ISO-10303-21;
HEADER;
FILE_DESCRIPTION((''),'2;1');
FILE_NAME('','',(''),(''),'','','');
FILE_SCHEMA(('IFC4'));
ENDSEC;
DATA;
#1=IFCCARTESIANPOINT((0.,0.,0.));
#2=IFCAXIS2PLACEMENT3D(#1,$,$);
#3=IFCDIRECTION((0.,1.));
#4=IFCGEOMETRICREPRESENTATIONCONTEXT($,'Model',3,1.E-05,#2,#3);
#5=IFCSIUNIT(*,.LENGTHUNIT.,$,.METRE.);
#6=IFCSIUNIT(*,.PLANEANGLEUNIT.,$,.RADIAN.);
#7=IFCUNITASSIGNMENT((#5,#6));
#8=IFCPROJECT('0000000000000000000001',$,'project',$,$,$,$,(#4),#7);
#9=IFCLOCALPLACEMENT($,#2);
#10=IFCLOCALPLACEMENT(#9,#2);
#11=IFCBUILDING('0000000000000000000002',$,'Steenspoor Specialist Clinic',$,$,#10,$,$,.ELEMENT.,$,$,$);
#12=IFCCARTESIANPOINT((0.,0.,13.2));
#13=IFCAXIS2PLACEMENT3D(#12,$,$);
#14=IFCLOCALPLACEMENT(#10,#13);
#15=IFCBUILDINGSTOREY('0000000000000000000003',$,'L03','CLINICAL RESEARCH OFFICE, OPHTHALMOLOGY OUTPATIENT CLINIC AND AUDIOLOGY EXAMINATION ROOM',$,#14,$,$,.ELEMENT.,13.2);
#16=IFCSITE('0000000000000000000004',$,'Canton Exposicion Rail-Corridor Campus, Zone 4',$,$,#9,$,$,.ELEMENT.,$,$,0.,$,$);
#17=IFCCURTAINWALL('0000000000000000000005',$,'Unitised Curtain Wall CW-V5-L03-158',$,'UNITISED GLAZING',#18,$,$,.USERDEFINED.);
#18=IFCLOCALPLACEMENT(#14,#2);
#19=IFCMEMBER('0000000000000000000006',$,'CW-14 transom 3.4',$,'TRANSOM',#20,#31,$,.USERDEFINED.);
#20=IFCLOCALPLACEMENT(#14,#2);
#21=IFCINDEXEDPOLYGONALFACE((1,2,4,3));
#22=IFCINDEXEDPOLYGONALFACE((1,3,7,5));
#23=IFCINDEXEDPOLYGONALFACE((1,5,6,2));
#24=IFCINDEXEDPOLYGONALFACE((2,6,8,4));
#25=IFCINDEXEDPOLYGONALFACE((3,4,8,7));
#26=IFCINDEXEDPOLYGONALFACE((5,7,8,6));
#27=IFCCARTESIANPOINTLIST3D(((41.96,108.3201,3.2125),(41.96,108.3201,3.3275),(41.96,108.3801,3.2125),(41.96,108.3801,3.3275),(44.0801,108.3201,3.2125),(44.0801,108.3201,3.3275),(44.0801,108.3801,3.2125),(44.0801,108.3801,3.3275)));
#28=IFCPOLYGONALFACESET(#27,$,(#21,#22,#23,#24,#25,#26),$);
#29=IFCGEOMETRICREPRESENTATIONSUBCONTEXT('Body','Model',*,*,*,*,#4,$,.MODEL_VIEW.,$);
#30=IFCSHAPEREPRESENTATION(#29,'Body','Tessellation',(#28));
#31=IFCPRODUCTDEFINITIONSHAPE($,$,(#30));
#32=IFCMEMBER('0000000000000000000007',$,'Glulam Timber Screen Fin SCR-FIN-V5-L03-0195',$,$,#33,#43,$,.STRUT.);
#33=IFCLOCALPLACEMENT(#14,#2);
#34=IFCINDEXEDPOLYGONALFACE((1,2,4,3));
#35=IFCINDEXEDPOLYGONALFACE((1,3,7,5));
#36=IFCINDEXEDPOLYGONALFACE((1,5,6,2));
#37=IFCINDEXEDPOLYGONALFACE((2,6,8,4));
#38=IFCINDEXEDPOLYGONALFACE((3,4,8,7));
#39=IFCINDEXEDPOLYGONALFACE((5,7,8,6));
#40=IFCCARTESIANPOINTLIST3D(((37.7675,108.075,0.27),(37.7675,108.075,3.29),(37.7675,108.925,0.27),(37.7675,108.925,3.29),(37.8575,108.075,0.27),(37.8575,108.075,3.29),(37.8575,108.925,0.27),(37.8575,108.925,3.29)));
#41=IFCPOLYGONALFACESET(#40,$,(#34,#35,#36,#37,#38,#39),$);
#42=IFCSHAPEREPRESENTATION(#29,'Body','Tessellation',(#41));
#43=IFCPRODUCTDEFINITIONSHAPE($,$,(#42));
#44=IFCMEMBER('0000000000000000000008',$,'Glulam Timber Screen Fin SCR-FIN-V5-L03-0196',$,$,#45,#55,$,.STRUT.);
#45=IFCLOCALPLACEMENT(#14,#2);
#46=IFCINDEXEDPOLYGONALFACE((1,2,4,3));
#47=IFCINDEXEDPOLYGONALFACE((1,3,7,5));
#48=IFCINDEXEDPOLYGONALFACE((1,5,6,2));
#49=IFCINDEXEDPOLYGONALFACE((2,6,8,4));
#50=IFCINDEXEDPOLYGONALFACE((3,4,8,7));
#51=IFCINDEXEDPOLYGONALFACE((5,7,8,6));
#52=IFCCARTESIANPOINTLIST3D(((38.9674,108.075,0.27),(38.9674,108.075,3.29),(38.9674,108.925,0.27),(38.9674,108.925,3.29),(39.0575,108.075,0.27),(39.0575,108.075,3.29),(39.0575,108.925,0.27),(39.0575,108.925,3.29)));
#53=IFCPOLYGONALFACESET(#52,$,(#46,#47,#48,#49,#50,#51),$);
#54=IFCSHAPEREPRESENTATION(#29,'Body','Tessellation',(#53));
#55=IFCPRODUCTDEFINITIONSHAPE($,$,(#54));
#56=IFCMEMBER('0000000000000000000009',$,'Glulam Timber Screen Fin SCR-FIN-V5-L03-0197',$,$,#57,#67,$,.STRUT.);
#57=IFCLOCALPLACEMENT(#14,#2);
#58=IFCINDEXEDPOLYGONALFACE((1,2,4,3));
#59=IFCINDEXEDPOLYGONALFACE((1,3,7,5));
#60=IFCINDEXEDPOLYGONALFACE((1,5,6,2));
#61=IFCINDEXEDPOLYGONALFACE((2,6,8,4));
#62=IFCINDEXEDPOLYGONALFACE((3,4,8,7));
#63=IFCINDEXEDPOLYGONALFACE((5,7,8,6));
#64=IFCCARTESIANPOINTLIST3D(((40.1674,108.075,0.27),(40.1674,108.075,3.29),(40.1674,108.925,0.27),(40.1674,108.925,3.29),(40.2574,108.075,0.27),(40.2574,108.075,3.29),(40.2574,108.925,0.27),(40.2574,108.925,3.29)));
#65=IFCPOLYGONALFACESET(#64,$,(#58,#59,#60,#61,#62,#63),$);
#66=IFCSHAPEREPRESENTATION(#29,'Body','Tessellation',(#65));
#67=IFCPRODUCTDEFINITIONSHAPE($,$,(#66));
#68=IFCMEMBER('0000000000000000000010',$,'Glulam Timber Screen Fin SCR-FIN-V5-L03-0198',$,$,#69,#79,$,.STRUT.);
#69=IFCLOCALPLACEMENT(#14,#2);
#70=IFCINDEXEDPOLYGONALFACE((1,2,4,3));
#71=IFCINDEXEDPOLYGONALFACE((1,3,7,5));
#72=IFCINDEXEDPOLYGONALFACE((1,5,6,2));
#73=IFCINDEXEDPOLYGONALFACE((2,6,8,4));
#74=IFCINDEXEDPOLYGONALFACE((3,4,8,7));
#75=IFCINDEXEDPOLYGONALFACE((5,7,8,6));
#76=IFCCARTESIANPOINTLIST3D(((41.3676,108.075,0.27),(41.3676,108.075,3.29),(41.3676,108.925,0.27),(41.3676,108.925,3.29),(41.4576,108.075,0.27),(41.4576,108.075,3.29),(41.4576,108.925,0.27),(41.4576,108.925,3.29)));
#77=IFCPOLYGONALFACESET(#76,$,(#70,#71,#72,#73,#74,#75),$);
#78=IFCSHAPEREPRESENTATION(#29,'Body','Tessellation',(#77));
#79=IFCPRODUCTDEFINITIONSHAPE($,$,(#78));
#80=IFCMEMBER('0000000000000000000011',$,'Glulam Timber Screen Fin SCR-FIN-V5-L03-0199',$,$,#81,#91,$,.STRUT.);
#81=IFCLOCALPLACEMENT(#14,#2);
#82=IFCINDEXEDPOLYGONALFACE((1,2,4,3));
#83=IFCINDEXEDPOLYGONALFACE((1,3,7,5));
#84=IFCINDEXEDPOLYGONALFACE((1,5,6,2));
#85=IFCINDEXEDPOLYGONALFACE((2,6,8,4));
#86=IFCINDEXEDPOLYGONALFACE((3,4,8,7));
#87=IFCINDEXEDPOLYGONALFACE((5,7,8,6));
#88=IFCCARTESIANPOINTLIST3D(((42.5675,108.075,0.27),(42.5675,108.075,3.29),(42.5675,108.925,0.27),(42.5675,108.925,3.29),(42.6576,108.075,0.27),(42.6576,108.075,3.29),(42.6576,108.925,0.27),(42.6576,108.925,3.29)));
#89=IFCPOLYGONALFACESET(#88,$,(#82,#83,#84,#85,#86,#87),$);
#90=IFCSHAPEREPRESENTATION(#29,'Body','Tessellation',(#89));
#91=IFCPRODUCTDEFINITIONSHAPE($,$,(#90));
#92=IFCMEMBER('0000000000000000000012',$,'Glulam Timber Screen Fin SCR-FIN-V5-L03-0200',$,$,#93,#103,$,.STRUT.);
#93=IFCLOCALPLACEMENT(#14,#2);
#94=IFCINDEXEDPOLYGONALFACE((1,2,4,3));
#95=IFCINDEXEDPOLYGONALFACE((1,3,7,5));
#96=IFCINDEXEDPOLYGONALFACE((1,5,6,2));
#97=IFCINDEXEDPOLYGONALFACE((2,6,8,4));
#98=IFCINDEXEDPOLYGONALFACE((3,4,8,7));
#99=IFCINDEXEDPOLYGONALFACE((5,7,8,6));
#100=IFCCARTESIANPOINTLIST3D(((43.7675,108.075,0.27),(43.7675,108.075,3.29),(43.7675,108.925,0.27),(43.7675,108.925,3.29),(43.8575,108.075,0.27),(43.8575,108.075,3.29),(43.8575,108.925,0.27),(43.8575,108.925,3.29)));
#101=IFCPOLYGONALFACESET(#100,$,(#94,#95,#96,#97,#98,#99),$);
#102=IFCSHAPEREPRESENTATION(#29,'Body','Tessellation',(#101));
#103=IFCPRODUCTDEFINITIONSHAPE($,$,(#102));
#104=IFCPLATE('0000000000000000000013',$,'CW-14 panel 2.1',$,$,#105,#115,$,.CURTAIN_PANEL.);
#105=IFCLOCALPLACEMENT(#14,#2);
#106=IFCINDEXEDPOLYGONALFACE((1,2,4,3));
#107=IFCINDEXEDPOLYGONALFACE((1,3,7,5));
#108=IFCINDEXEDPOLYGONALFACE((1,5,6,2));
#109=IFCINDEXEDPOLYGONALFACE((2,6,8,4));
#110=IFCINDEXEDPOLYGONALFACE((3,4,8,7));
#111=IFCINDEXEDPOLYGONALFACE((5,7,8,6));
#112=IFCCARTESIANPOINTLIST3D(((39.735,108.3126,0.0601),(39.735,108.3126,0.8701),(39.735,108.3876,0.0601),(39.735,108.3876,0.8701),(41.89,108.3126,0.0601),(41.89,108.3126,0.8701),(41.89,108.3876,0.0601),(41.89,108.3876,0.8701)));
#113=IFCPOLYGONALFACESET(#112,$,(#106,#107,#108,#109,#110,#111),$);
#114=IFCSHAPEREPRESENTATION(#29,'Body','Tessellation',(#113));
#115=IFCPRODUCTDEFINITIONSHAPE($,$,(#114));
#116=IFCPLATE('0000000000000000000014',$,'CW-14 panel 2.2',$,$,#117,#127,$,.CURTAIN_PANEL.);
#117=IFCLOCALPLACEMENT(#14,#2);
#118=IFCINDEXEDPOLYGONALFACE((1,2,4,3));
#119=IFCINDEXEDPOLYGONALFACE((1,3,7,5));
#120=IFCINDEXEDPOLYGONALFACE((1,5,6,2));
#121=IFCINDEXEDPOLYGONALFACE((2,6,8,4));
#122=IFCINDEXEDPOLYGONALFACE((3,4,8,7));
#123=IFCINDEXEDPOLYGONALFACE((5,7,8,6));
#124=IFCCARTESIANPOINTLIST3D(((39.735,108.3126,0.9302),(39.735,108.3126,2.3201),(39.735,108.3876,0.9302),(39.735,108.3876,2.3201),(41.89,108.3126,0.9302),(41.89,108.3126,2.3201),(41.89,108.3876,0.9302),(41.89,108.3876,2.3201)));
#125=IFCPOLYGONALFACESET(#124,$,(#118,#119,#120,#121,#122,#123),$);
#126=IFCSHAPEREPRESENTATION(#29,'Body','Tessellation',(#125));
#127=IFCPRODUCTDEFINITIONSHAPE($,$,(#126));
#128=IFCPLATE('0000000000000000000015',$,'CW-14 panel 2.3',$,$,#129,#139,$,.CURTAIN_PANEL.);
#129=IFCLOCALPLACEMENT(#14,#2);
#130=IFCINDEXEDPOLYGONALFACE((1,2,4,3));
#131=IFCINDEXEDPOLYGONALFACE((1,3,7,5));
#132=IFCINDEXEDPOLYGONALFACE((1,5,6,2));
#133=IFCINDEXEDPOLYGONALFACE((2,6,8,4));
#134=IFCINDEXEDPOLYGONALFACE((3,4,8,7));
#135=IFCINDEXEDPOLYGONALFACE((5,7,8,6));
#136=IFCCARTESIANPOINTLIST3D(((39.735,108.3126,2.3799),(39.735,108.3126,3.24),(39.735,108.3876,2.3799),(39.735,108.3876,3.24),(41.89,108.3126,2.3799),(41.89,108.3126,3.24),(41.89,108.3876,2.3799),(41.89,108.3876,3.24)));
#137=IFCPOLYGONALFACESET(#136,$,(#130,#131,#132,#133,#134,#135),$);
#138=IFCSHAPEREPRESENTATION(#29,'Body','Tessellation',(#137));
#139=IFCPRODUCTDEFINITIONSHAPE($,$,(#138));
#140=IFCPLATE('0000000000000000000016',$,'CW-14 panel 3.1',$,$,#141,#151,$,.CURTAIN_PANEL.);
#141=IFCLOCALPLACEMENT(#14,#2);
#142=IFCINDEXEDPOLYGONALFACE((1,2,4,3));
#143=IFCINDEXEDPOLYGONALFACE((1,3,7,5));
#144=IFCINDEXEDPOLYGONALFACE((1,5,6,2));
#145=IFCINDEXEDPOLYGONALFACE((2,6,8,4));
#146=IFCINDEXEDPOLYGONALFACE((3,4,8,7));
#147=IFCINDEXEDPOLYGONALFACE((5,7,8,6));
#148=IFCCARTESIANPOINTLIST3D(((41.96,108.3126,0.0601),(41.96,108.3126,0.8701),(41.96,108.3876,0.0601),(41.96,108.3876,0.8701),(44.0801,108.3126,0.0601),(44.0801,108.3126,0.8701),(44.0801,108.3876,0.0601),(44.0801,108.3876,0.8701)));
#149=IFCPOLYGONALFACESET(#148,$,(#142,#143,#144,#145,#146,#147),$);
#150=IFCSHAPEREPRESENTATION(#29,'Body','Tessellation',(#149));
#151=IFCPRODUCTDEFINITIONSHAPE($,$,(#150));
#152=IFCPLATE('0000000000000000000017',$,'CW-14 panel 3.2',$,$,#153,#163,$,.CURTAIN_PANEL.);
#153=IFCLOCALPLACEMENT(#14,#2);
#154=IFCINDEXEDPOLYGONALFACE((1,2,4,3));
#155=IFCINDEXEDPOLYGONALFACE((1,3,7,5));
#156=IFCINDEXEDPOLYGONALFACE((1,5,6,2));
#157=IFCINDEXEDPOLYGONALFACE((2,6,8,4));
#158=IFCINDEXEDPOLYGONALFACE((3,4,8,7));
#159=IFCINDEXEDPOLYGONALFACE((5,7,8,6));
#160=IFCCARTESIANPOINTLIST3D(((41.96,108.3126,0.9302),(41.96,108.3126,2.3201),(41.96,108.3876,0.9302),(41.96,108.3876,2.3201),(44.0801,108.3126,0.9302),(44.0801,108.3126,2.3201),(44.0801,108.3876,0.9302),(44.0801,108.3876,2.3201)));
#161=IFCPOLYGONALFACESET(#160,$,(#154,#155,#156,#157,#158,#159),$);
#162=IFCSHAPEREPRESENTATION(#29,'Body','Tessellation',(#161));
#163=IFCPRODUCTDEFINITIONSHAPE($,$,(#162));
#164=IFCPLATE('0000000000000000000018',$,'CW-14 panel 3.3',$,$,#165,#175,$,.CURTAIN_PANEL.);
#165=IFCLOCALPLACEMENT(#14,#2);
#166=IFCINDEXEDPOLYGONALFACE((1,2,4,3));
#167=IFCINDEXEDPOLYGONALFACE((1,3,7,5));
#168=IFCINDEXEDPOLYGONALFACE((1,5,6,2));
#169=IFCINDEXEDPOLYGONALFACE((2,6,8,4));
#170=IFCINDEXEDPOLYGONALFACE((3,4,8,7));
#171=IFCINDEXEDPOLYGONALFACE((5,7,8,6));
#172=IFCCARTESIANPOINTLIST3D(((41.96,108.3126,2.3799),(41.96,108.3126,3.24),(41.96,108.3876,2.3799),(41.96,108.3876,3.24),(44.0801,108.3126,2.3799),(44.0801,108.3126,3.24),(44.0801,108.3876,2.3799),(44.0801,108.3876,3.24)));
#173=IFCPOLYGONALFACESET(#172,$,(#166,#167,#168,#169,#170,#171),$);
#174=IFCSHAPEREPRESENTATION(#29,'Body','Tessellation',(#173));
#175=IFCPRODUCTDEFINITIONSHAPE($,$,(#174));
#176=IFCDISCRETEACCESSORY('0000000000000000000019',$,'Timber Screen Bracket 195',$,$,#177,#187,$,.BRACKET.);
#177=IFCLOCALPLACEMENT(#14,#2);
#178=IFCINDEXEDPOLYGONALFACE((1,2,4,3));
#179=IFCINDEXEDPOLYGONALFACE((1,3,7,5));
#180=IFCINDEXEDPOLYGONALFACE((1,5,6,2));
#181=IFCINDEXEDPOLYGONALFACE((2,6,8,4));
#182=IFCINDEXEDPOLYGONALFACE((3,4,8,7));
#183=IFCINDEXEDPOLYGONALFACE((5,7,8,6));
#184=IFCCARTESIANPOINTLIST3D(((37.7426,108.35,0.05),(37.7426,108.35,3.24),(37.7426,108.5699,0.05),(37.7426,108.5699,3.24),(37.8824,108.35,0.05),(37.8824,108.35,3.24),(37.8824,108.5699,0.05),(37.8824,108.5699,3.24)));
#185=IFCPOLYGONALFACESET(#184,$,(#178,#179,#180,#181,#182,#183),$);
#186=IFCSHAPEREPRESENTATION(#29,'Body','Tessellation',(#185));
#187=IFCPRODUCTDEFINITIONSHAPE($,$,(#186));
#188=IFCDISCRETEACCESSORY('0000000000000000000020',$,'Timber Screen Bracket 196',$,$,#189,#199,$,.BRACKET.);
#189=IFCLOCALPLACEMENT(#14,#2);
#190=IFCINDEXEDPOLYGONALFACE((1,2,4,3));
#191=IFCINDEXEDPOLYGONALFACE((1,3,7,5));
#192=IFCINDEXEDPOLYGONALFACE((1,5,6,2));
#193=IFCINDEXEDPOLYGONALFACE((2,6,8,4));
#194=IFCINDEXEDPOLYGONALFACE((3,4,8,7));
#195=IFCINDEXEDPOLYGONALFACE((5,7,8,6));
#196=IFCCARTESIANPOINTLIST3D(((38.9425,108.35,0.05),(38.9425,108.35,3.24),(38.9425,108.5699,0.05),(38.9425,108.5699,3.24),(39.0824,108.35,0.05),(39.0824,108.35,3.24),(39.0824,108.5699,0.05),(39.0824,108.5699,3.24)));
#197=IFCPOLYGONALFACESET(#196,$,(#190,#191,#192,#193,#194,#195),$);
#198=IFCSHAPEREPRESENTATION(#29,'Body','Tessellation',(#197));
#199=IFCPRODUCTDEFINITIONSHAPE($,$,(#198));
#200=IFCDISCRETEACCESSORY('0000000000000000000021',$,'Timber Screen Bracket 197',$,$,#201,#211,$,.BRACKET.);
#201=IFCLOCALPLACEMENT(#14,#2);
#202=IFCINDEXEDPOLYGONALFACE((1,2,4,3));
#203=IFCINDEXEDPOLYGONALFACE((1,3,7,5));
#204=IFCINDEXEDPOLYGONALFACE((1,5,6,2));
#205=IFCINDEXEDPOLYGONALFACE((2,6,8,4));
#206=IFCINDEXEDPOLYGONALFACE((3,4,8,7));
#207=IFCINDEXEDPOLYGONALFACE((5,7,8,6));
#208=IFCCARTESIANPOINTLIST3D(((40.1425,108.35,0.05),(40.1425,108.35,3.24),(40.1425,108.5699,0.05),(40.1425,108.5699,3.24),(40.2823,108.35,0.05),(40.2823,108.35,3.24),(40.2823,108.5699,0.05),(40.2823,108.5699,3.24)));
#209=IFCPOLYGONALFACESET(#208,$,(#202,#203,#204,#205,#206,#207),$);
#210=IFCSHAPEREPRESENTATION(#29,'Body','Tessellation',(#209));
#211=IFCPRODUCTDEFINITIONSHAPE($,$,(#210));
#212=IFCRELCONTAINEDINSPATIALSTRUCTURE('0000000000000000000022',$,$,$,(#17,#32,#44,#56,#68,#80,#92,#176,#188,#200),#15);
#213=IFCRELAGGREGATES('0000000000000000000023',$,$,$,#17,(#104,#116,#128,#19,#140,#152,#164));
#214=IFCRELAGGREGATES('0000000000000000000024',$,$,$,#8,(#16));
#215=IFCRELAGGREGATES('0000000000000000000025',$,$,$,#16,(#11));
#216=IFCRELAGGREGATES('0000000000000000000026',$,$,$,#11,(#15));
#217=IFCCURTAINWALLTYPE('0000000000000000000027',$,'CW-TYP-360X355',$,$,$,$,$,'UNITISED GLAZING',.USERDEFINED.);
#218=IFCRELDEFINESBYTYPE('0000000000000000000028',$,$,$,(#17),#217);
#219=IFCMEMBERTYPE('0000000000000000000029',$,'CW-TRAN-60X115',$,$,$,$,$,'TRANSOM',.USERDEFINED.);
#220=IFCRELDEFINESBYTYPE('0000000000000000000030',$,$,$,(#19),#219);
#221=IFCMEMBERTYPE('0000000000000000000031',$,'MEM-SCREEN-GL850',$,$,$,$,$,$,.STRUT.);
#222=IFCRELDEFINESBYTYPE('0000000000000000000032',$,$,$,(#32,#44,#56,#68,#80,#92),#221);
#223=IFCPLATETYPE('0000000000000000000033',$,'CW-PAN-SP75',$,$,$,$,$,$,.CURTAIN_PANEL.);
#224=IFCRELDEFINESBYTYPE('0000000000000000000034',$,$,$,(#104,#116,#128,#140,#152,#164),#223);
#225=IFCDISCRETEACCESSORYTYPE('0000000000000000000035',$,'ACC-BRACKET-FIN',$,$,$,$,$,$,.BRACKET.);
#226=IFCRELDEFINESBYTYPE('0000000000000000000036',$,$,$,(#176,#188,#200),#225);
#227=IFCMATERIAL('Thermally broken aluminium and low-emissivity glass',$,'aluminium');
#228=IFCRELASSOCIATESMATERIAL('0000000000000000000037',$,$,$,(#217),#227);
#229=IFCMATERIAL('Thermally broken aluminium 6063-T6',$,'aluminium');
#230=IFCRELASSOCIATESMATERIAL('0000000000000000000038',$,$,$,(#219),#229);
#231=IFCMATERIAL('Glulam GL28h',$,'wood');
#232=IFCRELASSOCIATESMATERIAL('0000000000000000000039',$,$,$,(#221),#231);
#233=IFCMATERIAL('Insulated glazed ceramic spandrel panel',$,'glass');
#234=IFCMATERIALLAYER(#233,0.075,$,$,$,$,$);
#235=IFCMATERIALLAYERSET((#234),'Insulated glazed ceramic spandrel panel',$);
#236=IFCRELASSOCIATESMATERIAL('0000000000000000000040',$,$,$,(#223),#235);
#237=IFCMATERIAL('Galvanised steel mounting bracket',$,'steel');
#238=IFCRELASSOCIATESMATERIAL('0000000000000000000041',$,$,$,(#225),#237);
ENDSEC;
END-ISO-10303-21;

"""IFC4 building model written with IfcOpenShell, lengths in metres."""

from ifc_helpers import new_model, si_unit, direction, frame, origin, origin_2d, place, context, subcontext, project, spatial, rectangle, extrude, material, layer, layer_set, material_profile, profile_set, type_object, element, aggregate, save


model = new_model("IFC4")

# Units and contexts
model_context = context("Model", 3, precision=1e-05, world=origin(), true_north=direction((0.0, 1.0)))
body_context = subcontext(model_context, "Body", "Model", "MODEL_VIEW")
ifc_project = project(units=[si_unit("LENGTHUNIT", "METRE"), si_unit("PLANEANGLEUNIT", "RADIAN")], contexts=[model_context])

# Site, building, storey
site_placement = place(None, origin())
site = spatial("IfcSite", under=ifc_project, at=site_placement, Name="Canton Exposicion Rail-Corridor Campus, Zone 4", CompositionType="ELEMENT", RefElevation=0.0)
building_placement = place(site_placement, origin())
building = spatial("IfcBuilding", under=site, at=building_placement, Name="Steenspoor Specialist Clinic", CompositionType="ELEMENT")
storey_placement = place(building_placement, frame((0.0, 0.0, 13.2)))
storey = spatial("IfcBuildingStorey", under=building, at=storey_placement, Name="L03", Description="CLINICAL RESEARCH OFFICE, OPHTHALMOLOGY OUTPATIENT CLINIC AND AUDIOLOGY EXAMINATION ROOM", CompositionType="ELEMENT", Elevation=13.2)

# Shared definitions
ifc_material_1 = material(Name="Glulam GL28h", Category="wood")

# Curtain wall, member
ifc_material_2 = material(Name="Thermally broken aluminium and low-emissivity glass", Category="aluminium")
curtain_wall_type = type_object("IfcCurtainWallType", Name="CW-TYP-360X355", ElementType="UNITISED GLAZING", PredefinedType="USERDEFINED", material=ifc_material_2)
curtain_wall_placement = place(storey_placement, origin())
curtain_wall = element("IfcCurtainWall", 1, at=curtain_wall_placement, inside=storey, type_object=curtain_wall_type, Name="Unitised Curtain Wall CW-V5-L03-158", ObjectType="UNITISED GLAZING", PredefinedType="USERDEFINED")
ifc_material_3 = material(Name="Thermally broken aluminium 6063-T6", Category="aluminium")
ifc_material_profile_1 = material_profile(ifc_material_3, rectangle(XDim=0.0601, YDim=0.115, at=origin_2d()), Name="CWT-60X115")
ifc_profile_set_1 = profile_set([ifc_material_profile_1], Name="Thermally broken aluminium 6063-T6")
member_type_1 = type_object("IfcMemberType", Name="CW-TRAN-60X115", ElementType="TRANSOM", PredefinedType="USERDEFINED", material=ifc_profile_set_1)
member_1_placement = place(storey_placement, frame((41.96, 108.3501, 3.27), z_axis=(1.0, 0.0, 0.0), x_axis=(0.0, 1.0, 0.0)))
member_1 = element("IfcMember", 2, at=member_1_placement, type_object=member_type_1, Name="CW-14 transom 3.4", ObjectType="TRANSOM", PredefinedType="USERDEFINED", context=body_context, shape_type="SweptSolid", body=[
    extrude(rectangle(XDim=0.0601, YDim=0.115, at=origin_2d()), origin(), (0.0, 0.0, 1.0), 2.1201),
])

# Members
ifc_material_profile_2 = material_profile(ifc_material_1, rectangle(XDim=0.0901, YDim=0.8501, at=origin_2d()), Name="GL28H-90X850")
ifc_profile_set_2 = profile_set([ifc_material_profile_2], Name="Glulam GL28h")
member_type_2 = type_object("IfcMemberType", Name="MEM-SCREEN-GL850", PredefinedType="STRUT", material=ifc_profile_set_2)
for number, where, z_axis, x_axis, name in (
    (3, (37.8125, 108.5, 0.27), (0.0, 0.0, 1.0), (1.0, 0.0, 0.0), "Glulam Timber Screen Fin SCR-FIN-V5-L03-0195"),
    (4, (39.0125, 108.5, 0.27), (0.0, 0.0, 1.0), (1.0, 0.0, 0.0), "Glulam Timber Screen Fin SCR-FIN-V5-L03-0196"),
    (5, (40.2124, 108.5, 0.27), (0.0, 0.0, 1.0), (1.0, 0.0, 0.0), "Glulam Timber Screen Fin SCR-FIN-V5-L03-0197"),
    (6, (41.4126, 108.5, 0.27), (0.0, 0.0, 1.0), (1.0, 0.0, 0.0), "Glulam Timber Screen Fin SCR-FIN-V5-L03-0198"),
    (7, (42.6125, 108.5, 0.27), (0.0, 0.0, 1.0), (1.0, 0.0, 0.0), "Glulam Timber Screen Fin SCR-FIN-V5-L03-0199"),
    (8, (43.8125, 108.5, 0.27), (0.0, 0.0, 1.0), (1.0, 0.0, 0.0), "Glulam Timber Screen Fin SCR-FIN-V5-L03-0200"),
):
    element("IfcMember", number, at=place(storey_placement, frame(where, z_axis=z_axis, x_axis=x_axis)), inside=storey, type_object=member_type_2, Name=name, PredefinedType="STRUT", context=body_context, shape_type="SweptSolid", body=[
        extrude(rectangle(XDim=0.0901, YDim=0.8501, at=origin_2d()), origin(), (0.0, 0.0, 1.0), 3.02),
    ])

# Plates
ifc_material_4 = material(Name="Insulated glazed ceramic spandrel panel", Category="glass")
ifc_layer = layer(ifc_material_4, 0.075)
ifc_layer_set = layer_set([ifc_layer], Name="Insulated glazed ceramic spandrel panel")
plate_type = type_object("IfcPlateType", Name="CW-PAN-SP75", PredefinedType="CURTAIN_PANEL", material=ifc_layer_set)
plate_1_placement = place(storey_placement, frame((40.8125, 108.3501, 0.0601), z_axis=(0.0, 0.0, 1.0), x_axis=(1.0, 0.0, 0.0)))
plate_1 = element("IfcPlate", 9, at=plate_1_placement, type_object=plate_type, Name="CW-14 panel 2.1", PredefinedType="CURTAIN_PANEL", context=body_context, shape_type="SweptSolid", body=[
    extrude(rectangle(XDim=2.155, YDim=0.075, at=origin_2d()), origin(), (0.0, 0.0, 1.0), 0.8101),
])
plate_2_placement = place(storey_placement, frame((40.8125, 108.3501, 0.9302), z_axis=(0.0, 0.0, 1.0), x_axis=(1.0, 0.0, 0.0)))
plate_2 = element("IfcPlate", 10, at=plate_2_placement, type_object=plate_type, Name="CW-14 panel 2.2", PredefinedType="CURTAIN_PANEL", context=body_context, shape_type="SweptSolid", body=[
    extrude(rectangle(XDim=2.155, YDim=0.075, at=origin_2d()), origin(), (0.0, 0.0, 1.0), 1.3899),
])
plate_3_placement = place(storey_placement, frame((40.8125, 108.3501, 2.3799), z_axis=(0.0, 0.0, 1.0), x_axis=(1.0, 0.0, 0.0)))
plate_3 = element("IfcPlate", 11, at=plate_3_placement, type_object=plate_type, Name="CW-14 panel 2.3", PredefinedType="CURTAIN_PANEL", context=body_context, shape_type="SweptSolid", body=[
    extrude(rectangle(XDim=2.155, YDim=0.075, at=origin_2d()), origin(), (0.0, 0.0, 1.0), 0.8601),
])
plate_4_placement = place(storey_placement, frame((43.02, 108.3501, 0.0601), z_axis=(0.0, 0.0, 1.0), x_axis=(1.0, 0.0, 0.0)))
plate_4 = element("IfcPlate", 12, at=plate_4_placement, type_object=plate_type, Name="CW-14 panel 3.1", PredefinedType="CURTAIN_PANEL", context=body_context, shape_type="SweptSolid", body=[
    extrude(rectangle(XDim=2.1201, YDim=0.075, at=origin_2d()), origin(), (0.0, 0.0, 1.0), 0.8101),
])
plate_5_placement = place(storey_placement, frame((43.02, 108.3501, 0.9302), z_axis=(0.0, 0.0, 1.0), x_axis=(1.0, 0.0, 0.0)))
plate_5 = element("IfcPlate", 13, at=plate_5_placement, type_object=plate_type, Name="CW-14 panel 3.2", PredefinedType="CURTAIN_PANEL", context=body_context, shape_type="SweptSolid", body=[
    extrude(rectangle(XDim=2.1201, YDim=0.075, at=origin_2d()), origin(), (0.0, 0.0, 1.0), 1.3899),
])
plate_6_placement = place(storey_placement, frame((43.02, 108.3501, 2.3799), z_axis=(0.0, 0.0, 1.0), x_axis=(1.0, 0.0, 0.0)))
plate_6 = element("IfcPlate", 14, at=plate_6_placement, type_object=plate_type, Name="CW-14 panel 3.3", PredefinedType="CURTAIN_PANEL", context=body_context, shape_type="SweptSolid", body=[
    extrude(rectangle(XDim=2.1201, YDim=0.075, at=origin_2d()), origin(), (0.0, 0.0, 1.0), 0.8601),
])
aggregate(curtain_wall, [plate_1, plate_2, plate_3, member_1, plate_4, plate_5, plate_6])

# Discrete accessories
ifc_material_5 = material(Name="Galvanised steel mounting bracket", Category="steel")
discrete_accessory_type = type_object("IfcDiscreteAccessoryType", Name="ACC-BRACKET-FIN", PredefinedType="BRACKET", material=ifc_material_5)
for number, where, z_axis, x_axis, name in (
    (15, (37.8125, 108.46, 0.05), (0.0, 0.0, 1.0), (0.0, 1.0, 0.0), "Timber Screen Bracket 195"),
    (16, (39.0125, 108.46, 0.05), (0.0, 0.0, 1.0), (0.0, 1.0, 0.0), "Timber Screen Bracket 196"),
    (17, (40.2124, 108.46, 0.05), (0.0, 0.0, 1.0), (0.0, 1.0, 0.0), "Timber Screen Bracket 197"),
):
    element("IfcDiscreteAccessory", number, at=place(storey_placement, frame(where, z_axis=z_axis, x_axis=x_axis)), inside=storey, type_object=discrete_accessory_type, Name=name, PredefinedType="BRACKET", context=body_context, shape_type="SweptSolid", body=[
        extrude(rectangle(XDim=0.22, YDim=0.1399, at=origin_2d()), origin(), (0.0, 0.0, 1.0), 3.1899),
    ])

save(model, "model.ifc")
